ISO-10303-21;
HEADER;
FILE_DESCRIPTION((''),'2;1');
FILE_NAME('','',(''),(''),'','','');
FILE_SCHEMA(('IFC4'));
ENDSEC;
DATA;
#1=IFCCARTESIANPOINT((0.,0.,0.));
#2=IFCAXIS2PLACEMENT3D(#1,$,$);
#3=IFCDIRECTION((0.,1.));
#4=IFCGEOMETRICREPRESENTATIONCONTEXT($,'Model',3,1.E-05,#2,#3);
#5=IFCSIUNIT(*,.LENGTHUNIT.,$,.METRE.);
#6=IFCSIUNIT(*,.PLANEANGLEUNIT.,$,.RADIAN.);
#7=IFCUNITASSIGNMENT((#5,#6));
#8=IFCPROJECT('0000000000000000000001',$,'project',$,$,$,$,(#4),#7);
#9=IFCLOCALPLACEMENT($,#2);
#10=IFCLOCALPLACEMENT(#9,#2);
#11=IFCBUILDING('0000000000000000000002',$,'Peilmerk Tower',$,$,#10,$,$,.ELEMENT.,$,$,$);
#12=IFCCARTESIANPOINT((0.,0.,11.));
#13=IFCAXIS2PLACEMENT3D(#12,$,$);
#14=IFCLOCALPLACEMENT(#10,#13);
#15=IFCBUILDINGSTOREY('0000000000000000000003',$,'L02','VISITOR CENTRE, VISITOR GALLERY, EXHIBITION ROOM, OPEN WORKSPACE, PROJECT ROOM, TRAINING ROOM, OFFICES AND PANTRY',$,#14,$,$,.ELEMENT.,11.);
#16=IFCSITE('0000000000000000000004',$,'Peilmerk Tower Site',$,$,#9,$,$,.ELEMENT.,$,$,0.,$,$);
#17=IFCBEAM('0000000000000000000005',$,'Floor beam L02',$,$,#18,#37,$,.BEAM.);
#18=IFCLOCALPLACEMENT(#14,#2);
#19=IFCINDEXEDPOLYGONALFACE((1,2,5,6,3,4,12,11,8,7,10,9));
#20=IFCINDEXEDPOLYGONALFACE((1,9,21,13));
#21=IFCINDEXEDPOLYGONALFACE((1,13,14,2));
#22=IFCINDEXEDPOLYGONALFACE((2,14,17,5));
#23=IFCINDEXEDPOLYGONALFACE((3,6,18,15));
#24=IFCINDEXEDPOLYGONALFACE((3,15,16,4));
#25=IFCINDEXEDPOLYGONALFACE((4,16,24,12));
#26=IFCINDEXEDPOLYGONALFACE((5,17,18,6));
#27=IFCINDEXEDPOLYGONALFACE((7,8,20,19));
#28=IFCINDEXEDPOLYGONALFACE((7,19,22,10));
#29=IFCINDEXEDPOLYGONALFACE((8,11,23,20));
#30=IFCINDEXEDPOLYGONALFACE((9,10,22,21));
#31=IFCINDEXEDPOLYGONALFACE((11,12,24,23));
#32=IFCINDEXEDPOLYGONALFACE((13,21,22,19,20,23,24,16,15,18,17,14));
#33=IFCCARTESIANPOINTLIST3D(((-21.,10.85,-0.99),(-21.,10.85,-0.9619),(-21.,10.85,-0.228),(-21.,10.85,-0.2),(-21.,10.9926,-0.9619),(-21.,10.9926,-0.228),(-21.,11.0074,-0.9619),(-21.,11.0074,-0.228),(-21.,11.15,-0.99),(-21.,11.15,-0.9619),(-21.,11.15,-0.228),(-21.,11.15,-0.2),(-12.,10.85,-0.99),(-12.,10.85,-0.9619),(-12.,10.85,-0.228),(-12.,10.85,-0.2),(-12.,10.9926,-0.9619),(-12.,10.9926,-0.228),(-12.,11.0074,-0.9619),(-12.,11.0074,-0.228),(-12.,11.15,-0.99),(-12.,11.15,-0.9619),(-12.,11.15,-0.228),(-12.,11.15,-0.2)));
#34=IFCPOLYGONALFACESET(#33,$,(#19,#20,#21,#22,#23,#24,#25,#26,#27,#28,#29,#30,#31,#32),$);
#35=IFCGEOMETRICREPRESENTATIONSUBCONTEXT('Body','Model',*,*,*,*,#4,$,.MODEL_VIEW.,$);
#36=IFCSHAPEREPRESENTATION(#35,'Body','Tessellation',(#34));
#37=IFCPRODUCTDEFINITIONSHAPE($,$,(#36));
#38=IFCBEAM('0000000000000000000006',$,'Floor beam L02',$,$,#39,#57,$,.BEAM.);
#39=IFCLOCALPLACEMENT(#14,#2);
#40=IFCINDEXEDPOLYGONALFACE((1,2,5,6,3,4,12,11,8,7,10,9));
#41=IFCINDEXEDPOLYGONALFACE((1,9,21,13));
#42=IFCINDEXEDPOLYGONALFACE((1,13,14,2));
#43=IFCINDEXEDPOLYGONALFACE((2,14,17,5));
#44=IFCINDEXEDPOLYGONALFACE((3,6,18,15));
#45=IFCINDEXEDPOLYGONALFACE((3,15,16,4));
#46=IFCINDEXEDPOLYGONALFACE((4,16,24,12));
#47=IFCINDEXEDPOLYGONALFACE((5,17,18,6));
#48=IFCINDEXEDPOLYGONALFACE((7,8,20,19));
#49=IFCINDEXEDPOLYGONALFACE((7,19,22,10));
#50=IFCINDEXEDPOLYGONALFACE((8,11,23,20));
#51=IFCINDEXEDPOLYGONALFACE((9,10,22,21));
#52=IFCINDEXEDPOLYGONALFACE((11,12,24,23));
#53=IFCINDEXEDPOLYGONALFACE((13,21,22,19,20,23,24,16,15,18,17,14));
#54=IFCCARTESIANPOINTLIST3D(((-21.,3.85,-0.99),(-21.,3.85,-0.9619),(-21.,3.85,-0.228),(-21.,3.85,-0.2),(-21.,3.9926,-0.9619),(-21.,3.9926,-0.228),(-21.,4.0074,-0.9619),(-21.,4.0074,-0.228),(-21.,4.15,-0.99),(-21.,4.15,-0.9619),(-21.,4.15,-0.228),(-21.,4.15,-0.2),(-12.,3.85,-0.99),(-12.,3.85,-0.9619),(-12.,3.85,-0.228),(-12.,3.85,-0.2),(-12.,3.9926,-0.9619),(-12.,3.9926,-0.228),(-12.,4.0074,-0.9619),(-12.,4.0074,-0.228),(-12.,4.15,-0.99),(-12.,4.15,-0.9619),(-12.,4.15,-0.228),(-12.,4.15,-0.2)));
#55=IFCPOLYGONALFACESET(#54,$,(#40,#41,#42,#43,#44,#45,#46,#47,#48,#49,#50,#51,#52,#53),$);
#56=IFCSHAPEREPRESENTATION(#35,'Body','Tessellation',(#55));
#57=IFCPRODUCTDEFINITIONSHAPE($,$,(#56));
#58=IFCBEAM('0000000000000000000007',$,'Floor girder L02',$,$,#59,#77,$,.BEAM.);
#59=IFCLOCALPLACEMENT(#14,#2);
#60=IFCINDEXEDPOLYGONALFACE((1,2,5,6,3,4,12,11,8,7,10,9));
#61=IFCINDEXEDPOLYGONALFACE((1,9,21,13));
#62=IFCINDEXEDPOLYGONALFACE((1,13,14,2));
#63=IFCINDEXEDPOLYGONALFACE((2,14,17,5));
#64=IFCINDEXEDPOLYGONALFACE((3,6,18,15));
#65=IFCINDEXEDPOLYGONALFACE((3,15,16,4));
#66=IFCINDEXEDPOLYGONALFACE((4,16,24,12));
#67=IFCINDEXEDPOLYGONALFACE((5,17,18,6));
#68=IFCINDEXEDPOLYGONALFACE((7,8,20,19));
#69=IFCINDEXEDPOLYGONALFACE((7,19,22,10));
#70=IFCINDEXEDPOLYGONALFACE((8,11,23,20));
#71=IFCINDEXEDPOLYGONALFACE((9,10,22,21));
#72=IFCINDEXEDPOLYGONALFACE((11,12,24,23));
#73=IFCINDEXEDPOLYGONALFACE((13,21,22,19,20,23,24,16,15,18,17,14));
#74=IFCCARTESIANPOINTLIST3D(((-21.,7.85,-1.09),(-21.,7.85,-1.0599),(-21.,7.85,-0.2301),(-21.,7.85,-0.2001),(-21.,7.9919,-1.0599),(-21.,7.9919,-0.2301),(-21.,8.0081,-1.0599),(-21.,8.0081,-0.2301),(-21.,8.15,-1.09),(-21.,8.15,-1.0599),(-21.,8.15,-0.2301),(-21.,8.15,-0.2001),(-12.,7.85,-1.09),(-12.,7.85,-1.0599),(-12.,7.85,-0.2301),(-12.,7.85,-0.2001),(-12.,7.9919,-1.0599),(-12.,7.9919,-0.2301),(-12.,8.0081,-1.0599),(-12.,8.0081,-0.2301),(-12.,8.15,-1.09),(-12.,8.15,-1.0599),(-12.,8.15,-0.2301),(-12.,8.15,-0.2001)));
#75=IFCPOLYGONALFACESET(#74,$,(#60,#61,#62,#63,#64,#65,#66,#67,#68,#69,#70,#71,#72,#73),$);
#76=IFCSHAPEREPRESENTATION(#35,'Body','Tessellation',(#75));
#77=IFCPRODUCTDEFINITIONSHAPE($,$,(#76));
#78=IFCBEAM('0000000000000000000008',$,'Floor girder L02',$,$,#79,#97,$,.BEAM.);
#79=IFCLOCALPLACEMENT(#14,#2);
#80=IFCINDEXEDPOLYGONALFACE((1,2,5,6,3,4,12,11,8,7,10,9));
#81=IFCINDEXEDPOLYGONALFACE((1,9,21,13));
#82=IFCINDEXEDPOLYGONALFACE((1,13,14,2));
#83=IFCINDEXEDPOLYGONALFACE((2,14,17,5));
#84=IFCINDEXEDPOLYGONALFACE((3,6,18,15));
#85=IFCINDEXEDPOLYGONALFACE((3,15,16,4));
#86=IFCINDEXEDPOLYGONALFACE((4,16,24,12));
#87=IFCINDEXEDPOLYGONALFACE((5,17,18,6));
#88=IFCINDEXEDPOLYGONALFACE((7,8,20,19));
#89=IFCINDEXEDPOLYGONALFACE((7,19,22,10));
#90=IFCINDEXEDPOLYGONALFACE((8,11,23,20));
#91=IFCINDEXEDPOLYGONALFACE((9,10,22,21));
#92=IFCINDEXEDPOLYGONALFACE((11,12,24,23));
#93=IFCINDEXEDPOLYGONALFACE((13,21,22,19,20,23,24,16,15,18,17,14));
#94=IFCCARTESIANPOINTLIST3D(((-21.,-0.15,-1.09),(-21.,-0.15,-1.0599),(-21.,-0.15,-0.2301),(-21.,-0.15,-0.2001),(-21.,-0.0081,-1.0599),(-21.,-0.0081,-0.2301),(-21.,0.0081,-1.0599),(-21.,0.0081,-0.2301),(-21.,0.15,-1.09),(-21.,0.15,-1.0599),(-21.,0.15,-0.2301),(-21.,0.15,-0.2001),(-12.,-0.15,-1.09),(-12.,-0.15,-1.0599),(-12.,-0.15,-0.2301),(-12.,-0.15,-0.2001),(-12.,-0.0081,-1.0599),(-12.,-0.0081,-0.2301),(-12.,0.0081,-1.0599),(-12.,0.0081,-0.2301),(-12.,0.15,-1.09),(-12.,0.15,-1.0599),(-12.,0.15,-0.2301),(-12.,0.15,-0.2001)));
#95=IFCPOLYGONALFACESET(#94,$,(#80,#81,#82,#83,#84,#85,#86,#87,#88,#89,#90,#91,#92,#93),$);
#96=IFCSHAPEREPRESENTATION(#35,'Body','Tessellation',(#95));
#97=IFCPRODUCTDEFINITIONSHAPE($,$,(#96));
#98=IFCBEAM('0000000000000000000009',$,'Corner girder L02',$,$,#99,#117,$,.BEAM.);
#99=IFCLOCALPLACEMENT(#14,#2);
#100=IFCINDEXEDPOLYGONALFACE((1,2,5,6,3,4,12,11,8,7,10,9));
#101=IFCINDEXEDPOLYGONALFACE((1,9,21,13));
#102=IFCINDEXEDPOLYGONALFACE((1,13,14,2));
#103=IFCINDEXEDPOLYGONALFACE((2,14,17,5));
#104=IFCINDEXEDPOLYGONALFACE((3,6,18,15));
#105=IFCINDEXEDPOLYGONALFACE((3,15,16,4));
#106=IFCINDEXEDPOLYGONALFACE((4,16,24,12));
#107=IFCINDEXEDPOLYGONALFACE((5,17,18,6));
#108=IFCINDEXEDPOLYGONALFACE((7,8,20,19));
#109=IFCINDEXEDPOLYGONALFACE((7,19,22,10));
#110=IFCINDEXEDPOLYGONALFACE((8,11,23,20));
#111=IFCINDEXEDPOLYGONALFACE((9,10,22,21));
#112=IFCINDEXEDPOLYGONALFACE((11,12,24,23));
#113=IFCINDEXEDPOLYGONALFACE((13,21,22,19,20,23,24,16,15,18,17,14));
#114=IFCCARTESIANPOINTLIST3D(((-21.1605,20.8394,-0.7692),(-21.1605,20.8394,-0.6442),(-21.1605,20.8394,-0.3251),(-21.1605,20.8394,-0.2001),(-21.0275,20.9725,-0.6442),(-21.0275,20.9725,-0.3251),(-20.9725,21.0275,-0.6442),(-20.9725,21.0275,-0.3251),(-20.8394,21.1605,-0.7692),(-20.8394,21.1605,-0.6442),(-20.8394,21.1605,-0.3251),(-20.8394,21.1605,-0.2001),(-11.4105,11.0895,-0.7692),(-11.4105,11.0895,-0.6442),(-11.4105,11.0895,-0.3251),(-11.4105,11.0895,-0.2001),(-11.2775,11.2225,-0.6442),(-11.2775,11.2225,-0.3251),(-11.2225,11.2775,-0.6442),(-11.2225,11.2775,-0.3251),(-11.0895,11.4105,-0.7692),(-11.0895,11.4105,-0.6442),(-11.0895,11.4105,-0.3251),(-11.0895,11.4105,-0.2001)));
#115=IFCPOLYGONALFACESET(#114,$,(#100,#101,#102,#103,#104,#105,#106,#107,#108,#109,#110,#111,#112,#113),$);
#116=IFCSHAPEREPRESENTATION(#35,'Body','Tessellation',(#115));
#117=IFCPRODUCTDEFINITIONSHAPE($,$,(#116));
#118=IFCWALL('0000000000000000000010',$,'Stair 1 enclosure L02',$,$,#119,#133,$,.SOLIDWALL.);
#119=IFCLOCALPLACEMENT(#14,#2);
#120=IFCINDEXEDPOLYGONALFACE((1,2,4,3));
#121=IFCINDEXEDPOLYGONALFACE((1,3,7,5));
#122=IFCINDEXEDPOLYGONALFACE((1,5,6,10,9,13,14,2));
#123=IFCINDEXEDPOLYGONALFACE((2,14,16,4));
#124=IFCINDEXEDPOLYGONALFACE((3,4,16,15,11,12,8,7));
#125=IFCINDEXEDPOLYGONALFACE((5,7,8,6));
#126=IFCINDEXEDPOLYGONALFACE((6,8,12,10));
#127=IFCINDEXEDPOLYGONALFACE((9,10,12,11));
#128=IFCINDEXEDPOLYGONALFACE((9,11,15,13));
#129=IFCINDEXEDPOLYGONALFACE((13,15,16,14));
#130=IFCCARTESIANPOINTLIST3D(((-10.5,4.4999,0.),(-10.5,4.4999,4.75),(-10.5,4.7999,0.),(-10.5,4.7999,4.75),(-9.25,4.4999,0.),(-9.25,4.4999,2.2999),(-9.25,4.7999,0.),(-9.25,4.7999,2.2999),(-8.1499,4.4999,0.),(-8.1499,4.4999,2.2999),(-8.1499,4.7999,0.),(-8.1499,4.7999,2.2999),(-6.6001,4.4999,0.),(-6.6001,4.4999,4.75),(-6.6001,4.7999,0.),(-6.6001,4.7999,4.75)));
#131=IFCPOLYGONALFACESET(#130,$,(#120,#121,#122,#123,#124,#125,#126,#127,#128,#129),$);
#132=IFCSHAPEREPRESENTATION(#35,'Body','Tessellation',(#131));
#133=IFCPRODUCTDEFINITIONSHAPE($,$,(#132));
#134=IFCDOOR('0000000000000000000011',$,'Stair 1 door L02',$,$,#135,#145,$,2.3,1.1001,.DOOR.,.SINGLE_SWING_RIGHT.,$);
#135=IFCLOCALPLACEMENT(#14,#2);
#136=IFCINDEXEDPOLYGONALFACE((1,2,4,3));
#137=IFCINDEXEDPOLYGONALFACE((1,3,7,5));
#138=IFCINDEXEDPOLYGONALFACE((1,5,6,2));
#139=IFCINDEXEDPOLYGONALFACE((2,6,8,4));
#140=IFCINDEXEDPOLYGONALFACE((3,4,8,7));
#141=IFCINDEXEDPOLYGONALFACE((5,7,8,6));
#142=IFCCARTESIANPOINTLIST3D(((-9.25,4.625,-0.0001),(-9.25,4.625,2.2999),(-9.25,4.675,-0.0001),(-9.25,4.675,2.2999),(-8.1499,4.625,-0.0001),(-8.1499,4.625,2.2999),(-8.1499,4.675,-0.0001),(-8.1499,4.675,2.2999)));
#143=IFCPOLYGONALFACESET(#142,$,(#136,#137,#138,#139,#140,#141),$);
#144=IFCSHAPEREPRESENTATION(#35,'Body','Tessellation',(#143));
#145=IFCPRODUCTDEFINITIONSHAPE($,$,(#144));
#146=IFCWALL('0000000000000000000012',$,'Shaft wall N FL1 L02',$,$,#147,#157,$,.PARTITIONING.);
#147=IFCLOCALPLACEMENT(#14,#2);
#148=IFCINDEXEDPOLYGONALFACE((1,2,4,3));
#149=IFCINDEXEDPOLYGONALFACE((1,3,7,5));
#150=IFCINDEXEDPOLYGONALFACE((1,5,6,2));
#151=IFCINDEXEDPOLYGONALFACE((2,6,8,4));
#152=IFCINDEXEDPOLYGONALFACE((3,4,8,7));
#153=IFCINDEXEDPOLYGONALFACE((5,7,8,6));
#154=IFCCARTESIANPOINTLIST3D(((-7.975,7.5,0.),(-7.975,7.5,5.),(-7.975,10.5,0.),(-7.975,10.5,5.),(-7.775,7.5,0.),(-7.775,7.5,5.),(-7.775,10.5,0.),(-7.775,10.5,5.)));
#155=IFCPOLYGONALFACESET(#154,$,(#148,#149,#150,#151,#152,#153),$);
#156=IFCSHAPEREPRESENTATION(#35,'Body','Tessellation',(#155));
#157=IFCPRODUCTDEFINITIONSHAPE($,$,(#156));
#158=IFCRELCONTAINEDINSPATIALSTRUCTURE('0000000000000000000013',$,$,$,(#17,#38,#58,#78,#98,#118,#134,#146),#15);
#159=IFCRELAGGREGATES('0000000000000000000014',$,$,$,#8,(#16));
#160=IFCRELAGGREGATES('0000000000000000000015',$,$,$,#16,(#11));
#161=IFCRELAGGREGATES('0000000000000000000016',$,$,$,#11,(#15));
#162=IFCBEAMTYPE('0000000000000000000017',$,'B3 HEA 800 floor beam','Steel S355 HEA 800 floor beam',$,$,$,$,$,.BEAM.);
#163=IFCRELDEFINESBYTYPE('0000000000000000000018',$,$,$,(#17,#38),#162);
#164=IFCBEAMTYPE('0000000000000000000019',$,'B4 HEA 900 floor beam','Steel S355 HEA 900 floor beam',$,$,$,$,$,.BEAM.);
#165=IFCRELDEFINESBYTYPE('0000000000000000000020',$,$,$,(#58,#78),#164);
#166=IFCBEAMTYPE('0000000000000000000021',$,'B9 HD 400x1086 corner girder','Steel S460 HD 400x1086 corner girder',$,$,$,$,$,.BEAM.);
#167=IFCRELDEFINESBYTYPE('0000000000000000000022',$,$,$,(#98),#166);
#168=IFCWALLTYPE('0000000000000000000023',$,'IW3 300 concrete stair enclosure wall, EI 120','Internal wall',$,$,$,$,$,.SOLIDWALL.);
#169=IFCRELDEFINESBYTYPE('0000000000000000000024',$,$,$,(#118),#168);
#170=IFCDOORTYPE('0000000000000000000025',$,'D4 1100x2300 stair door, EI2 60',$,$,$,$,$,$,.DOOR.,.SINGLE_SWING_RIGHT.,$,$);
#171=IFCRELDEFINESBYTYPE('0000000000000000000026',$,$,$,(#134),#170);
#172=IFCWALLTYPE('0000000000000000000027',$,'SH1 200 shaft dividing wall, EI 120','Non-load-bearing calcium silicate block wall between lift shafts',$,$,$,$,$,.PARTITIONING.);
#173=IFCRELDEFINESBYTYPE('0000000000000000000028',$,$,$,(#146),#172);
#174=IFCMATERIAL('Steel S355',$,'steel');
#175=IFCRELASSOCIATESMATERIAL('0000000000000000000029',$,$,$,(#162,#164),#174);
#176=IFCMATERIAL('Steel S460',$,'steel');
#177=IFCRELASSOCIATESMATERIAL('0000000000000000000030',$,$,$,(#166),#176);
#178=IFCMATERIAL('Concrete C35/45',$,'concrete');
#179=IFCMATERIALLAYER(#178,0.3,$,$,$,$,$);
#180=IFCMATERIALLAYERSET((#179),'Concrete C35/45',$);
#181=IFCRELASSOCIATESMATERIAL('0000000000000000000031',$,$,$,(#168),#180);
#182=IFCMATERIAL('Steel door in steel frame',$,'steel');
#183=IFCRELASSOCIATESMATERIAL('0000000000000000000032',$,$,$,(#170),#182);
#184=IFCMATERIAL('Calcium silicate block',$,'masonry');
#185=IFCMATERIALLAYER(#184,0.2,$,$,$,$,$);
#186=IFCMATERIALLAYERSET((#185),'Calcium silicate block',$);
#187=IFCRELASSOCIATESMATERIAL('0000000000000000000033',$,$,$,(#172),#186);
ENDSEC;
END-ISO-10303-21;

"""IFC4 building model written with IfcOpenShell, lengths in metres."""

from ifc_helpers import new_model, si_unit, direction, frame, frame_2d, origin, origin_2d, place, context, subcontext, project, spatial, rectangle, i_section, extrude, material, layer, layer_set, material_profile, profile_set, type_object, element, fill, save


model = new_model("IFC4")

# Units and contexts
model_context = context("Model", 3, precision=1e-05, world=origin(), true_north=direction((0.0, 1.0)))
body_context = subcontext(model_context, "Body", "Model", "MODEL_VIEW")
ifc_project = project(units=[si_unit("LENGTHUNIT", "METRE"), si_unit("PLANEANGLEUNIT", "RADIAN")], contexts=[model_context])

# Site, building, storey
site_placement = place(None, origin())
site = spatial("IfcSite", under=ifc_project, at=site_placement, Name="Peilmerk Tower Site", CompositionType="ELEMENT", RefElevation=0.0)
building_placement = place(site_placement, origin())
building = spatial("IfcBuilding", under=site, at=building_placement, Name="Peilmerk Tower", CompositionType="ELEMENT")
storey_placement = place(building_placement, frame((0.0, 0.0, 11.0)))
storey = spatial("IfcBuildingStorey", under=building, at=storey_placement, Name="L02", Description="VISITOR CENTRE, VISITOR GALLERY, EXHIBITION ROOM, OPEN WORKSPACE, PROJECT ROOM, TRAINING ROOM, OFFICES AND PANTRY", CompositionType="ELEMENT", Elevation=11.0)

# Beams
ifc_material_1 = material(Name="Steel S355", Category="steel")
ifc_material_profile_1 = material_profile(ifc_material_1, i_section(OverallWidth=0.3, OverallDepth=0.79, WebThickness=0.0149, FlangeThickness=0.0281, at=origin_2d()), Name="HEA 800")
ifc_profile_set_1 = profile_set([ifc_material_profile_1], Name="Steel S355")
beam_type_1 = type_object("IfcBeamType", Name="B3 HEA 800 floor beam", Description="Steel S355 HEA 800 floor beam", PredefinedType="BEAM", material=ifc_profile_set_1)
for number, where, z_axis, x_axis, name in (
    (1, (-12.0, 11.0, -0.595), (-1.0, 0.0, 0.0), (0.0, -1.0, 0.0), "Floor beam L02"),
    (2, (-12.0, 4.0, -0.595), (-1.0, 0.0, 0.0), (0.0, -1.0, 0.0), "Floor beam L02"),
):
    element("IfcBeam", number, at=place(storey_placement, frame(where, z_axis=z_axis, x_axis=x_axis)), inside=storey, type_object=beam_type_1, Name=name, PredefinedType="BEAM", context=body_context, shape_type="SweptSolid", body=[
        extrude(i_section(OverallWidth=0.3, OverallDepth=0.79, WebThickness=0.0149, FlangeThickness=0.0281, at=origin_2d()), origin(), (0.0, 0.0, 1.0), 9.0),
    ])
ifc_material_profile_2 = material_profile(ifc_material_1, i_section(OverallWidth=0.3, OverallDepth=0.8899, WebThickness=0.0161, FlangeThickness=0.03, at=origin_2d()), Name="HEA 900")
ifc_profile_set_2 = profile_set([ifc_material_profile_2], Name="Steel S355")
beam_type_2 = type_object("IfcBeamType", Name="B4 HEA 900 floor beam", Description="Steel S355 HEA 900 floor beam", PredefinedType="BEAM", material=ifc_profile_set_2)
for number, where, z_axis, x_axis, name in (
    (3, (-12.0, 8.0, -0.645), (-1.0, 0.0, 0.0), (0.0, -1.0, 0.0), "Floor girder L02"),
    (4, (-12.0, 0.0, -0.645), (-1.0, 0.0, 0.0), (0.0, -1.0, 0.0), "Floor girder L02"),
):
    element("IfcBeam", number, at=place(storey_placement, frame(where, z_axis=z_axis, x_axis=x_axis)), inside=storey, type_object=beam_type_2, Name=name, PredefinedType="BEAM", context=body_context, shape_type="SweptSolid", body=[
        extrude(i_section(OverallWidth=0.3, OverallDepth=0.8899, WebThickness=0.0161, FlangeThickness=0.03, at=origin_2d()), origin(), (0.0, 0.0, 1.0), 9.0),
    ])
ifc_material_2 = material(Name="Steel S460", Category="steel")
ifc_material_profile_3 = material_profile(ifc_material_2, i_section(OverallWidth=0.4541, OverallDepth=0.5691, WebThickness=0.0779, FlangeThickness=0.125, at=origin_2d()), Name="HD 400x1086")
ifc_profile_set_3 = profile_set([ifc_material_profile_3], Name="Steel S460")
beam_type_3 = type_object("IfcBeamType", Name="B9 HD 400x1086 corner girder", Description="Steel S460 HD 400x1086 corner girder", PredefinedType="BEAM", material=ifc_profile_set_3)
beam_placement = place(storey_placement, frame((-11.25, 11.25, -0.4846), z_axis=(-0.707107, 0.707107, 0.0), x_axis=(-0.707107, -0.707107, 0.0)))
element("IfcBeam", 5, at=beam_placement, inside=storey, type_object=beam_type_3, Name="Corner girder L02", PredefinedType="BEAM", context=body_context, shape_type="SweptSolid", body=[
    extrude(i_section(OverallWidth=0.4541, OverallDepth=0.5691, WebThickness=0.0779, FlangeThickness=0.125, at=origin_2d()), origin(), (0.0, 0.0, 1.0), 13.7886),
])

# Wall, opening, door
ifc_material_3 = material(Name="Concrete C35/45", Category="concrete")
ifc_layer_1 = layer(ifc_material_3, 0.3)
ifc_layer_set_1 = layer_set([ifc_layer_1], Name="Concrete C35/45")
wall_type_1 = type_object("IfcWallType", Name="IW3 300 concrete stair enclosure wall, EI 120", Description="Internal wall", PredefinedType="SOLIDWALL", material=ifc_layer_set_1)
wall_1_placement = place(storey_placement, frame((-10.5, 4.6499, 0.0), z_axis=(0.0, 0.0, 1.0), x_axis=(1.0, 0.0, 0.0)))
wall_1 = element("IfcWall", 6, at=wall_1_placement, inside=storey, type_object=wall_type_1, Name="Stair 1 enclosure L02", PredefinedType="SOLIDWALL", context=body_context, shape_type="SweptSolid", body=[
    extrude(rectangle(XDim=3.8999, YDim=0.3, at=frame_2d((1.95, 0.0))), origin(), (0.0, 0.0, 1.0), 4.75),
])
opening_1_placement = place(wall_1_placement, frame((1.25, 0.0, 0.0)))
opening_1 = element("IfcOpeningElement", 7, at=opening_1_placement, cuts=wall_1, PredefinedType="OPENING", context=body_context, shape_type="SweptSolid", body=[
    extrude(rectangle(XDim=1.1001, YDim=2.3, at=frame_2d((0.55, 1.1499))), frame((0.0, 0.1599, 0.0), z_axis=(0.0, -1.0, 0.0), x_axis=(1.0, 0.0, 0.0)), (0.0, 0.0, 1.0), 0.3201),
])
ifc_material_4 = material(Name="Steel door in steel frame", Category="steel")
door_type_1 = type_object("IfcDoorType", Name="D4 1100x2300 stair door, EI2 60", OperationType="SINGLE_SWING_RIGHT", PredefinedType="DOOR", material=ifc_material_4)
door_1_placement = place(opening_1_placement, frame((1.1001, 0.0, 0.0), z_axis=(0.0, 0.0, 1.0), x_axis=(-1.0, 0.0, 0.0)))
door_1 = element("IfcDoor", 8, at=door_1_placement, inside=storey, type_object=door_type_1, Name="Stair 1 door L02", OperationType="SINGLE_SWING_RIGHT", OverallHeight=2.3, OverallWidth=1.1001, PredefinedType="DOOR", context=body_context, shape_type="SweptSolid", body=[
    extrude(rectangle(XDim=1.1001, YDim=2.3, at=frame_2d((0.55, 1.1499))), frame((0.0, 0.0249, 0.0), z_axis=(0.0, -1.0, 0.0), x_axis=(1.0, 0.0, 0.0)), (0.0, 0.0, 1.0), 0.05),
])
fill(opening_1, door_1)

# Wall
ifc_material_5 = material(Name="Calcium silicate block", Category="masonry")
ifc_layer_2 = layer(ifc_material_5, 0.2)
ifc_layer_set_2 = layer_set([ifc_layer_2], Name="Calcium silicate block")
wall_type_2 = type_object("IfcWallType", Name="SH1 200 shaft dividing wall, EI 120", Description="Non-load-bearing calcium silicate block wall between lift shafts", PredefinedType="PARTITIONING", material=ifc_layer_set_2)
wall_2_placement = place(storey_placement, frame((-7.875, 7.5, 0.0), z_axis=(0.0, 0.0, 1.0), x_axis=(0.0, 1.0, 0.0)))
element("IfcWall", 9, at=wall_2_placement, inside=storey, type_object=wall_type_2, Name="Shaft wall N FL1 L02", PredefinedType="PARTITIONING", context=body_context, shape_type="SweptSolid", body=[
    extrude(rectangle(XDim=3.0, YDim=0.2, at=frame_2d((1.5, 0.0))), origin(), (0.0, 0.0, 1.0), 5.0),
])

save(model, "model.ifc")
